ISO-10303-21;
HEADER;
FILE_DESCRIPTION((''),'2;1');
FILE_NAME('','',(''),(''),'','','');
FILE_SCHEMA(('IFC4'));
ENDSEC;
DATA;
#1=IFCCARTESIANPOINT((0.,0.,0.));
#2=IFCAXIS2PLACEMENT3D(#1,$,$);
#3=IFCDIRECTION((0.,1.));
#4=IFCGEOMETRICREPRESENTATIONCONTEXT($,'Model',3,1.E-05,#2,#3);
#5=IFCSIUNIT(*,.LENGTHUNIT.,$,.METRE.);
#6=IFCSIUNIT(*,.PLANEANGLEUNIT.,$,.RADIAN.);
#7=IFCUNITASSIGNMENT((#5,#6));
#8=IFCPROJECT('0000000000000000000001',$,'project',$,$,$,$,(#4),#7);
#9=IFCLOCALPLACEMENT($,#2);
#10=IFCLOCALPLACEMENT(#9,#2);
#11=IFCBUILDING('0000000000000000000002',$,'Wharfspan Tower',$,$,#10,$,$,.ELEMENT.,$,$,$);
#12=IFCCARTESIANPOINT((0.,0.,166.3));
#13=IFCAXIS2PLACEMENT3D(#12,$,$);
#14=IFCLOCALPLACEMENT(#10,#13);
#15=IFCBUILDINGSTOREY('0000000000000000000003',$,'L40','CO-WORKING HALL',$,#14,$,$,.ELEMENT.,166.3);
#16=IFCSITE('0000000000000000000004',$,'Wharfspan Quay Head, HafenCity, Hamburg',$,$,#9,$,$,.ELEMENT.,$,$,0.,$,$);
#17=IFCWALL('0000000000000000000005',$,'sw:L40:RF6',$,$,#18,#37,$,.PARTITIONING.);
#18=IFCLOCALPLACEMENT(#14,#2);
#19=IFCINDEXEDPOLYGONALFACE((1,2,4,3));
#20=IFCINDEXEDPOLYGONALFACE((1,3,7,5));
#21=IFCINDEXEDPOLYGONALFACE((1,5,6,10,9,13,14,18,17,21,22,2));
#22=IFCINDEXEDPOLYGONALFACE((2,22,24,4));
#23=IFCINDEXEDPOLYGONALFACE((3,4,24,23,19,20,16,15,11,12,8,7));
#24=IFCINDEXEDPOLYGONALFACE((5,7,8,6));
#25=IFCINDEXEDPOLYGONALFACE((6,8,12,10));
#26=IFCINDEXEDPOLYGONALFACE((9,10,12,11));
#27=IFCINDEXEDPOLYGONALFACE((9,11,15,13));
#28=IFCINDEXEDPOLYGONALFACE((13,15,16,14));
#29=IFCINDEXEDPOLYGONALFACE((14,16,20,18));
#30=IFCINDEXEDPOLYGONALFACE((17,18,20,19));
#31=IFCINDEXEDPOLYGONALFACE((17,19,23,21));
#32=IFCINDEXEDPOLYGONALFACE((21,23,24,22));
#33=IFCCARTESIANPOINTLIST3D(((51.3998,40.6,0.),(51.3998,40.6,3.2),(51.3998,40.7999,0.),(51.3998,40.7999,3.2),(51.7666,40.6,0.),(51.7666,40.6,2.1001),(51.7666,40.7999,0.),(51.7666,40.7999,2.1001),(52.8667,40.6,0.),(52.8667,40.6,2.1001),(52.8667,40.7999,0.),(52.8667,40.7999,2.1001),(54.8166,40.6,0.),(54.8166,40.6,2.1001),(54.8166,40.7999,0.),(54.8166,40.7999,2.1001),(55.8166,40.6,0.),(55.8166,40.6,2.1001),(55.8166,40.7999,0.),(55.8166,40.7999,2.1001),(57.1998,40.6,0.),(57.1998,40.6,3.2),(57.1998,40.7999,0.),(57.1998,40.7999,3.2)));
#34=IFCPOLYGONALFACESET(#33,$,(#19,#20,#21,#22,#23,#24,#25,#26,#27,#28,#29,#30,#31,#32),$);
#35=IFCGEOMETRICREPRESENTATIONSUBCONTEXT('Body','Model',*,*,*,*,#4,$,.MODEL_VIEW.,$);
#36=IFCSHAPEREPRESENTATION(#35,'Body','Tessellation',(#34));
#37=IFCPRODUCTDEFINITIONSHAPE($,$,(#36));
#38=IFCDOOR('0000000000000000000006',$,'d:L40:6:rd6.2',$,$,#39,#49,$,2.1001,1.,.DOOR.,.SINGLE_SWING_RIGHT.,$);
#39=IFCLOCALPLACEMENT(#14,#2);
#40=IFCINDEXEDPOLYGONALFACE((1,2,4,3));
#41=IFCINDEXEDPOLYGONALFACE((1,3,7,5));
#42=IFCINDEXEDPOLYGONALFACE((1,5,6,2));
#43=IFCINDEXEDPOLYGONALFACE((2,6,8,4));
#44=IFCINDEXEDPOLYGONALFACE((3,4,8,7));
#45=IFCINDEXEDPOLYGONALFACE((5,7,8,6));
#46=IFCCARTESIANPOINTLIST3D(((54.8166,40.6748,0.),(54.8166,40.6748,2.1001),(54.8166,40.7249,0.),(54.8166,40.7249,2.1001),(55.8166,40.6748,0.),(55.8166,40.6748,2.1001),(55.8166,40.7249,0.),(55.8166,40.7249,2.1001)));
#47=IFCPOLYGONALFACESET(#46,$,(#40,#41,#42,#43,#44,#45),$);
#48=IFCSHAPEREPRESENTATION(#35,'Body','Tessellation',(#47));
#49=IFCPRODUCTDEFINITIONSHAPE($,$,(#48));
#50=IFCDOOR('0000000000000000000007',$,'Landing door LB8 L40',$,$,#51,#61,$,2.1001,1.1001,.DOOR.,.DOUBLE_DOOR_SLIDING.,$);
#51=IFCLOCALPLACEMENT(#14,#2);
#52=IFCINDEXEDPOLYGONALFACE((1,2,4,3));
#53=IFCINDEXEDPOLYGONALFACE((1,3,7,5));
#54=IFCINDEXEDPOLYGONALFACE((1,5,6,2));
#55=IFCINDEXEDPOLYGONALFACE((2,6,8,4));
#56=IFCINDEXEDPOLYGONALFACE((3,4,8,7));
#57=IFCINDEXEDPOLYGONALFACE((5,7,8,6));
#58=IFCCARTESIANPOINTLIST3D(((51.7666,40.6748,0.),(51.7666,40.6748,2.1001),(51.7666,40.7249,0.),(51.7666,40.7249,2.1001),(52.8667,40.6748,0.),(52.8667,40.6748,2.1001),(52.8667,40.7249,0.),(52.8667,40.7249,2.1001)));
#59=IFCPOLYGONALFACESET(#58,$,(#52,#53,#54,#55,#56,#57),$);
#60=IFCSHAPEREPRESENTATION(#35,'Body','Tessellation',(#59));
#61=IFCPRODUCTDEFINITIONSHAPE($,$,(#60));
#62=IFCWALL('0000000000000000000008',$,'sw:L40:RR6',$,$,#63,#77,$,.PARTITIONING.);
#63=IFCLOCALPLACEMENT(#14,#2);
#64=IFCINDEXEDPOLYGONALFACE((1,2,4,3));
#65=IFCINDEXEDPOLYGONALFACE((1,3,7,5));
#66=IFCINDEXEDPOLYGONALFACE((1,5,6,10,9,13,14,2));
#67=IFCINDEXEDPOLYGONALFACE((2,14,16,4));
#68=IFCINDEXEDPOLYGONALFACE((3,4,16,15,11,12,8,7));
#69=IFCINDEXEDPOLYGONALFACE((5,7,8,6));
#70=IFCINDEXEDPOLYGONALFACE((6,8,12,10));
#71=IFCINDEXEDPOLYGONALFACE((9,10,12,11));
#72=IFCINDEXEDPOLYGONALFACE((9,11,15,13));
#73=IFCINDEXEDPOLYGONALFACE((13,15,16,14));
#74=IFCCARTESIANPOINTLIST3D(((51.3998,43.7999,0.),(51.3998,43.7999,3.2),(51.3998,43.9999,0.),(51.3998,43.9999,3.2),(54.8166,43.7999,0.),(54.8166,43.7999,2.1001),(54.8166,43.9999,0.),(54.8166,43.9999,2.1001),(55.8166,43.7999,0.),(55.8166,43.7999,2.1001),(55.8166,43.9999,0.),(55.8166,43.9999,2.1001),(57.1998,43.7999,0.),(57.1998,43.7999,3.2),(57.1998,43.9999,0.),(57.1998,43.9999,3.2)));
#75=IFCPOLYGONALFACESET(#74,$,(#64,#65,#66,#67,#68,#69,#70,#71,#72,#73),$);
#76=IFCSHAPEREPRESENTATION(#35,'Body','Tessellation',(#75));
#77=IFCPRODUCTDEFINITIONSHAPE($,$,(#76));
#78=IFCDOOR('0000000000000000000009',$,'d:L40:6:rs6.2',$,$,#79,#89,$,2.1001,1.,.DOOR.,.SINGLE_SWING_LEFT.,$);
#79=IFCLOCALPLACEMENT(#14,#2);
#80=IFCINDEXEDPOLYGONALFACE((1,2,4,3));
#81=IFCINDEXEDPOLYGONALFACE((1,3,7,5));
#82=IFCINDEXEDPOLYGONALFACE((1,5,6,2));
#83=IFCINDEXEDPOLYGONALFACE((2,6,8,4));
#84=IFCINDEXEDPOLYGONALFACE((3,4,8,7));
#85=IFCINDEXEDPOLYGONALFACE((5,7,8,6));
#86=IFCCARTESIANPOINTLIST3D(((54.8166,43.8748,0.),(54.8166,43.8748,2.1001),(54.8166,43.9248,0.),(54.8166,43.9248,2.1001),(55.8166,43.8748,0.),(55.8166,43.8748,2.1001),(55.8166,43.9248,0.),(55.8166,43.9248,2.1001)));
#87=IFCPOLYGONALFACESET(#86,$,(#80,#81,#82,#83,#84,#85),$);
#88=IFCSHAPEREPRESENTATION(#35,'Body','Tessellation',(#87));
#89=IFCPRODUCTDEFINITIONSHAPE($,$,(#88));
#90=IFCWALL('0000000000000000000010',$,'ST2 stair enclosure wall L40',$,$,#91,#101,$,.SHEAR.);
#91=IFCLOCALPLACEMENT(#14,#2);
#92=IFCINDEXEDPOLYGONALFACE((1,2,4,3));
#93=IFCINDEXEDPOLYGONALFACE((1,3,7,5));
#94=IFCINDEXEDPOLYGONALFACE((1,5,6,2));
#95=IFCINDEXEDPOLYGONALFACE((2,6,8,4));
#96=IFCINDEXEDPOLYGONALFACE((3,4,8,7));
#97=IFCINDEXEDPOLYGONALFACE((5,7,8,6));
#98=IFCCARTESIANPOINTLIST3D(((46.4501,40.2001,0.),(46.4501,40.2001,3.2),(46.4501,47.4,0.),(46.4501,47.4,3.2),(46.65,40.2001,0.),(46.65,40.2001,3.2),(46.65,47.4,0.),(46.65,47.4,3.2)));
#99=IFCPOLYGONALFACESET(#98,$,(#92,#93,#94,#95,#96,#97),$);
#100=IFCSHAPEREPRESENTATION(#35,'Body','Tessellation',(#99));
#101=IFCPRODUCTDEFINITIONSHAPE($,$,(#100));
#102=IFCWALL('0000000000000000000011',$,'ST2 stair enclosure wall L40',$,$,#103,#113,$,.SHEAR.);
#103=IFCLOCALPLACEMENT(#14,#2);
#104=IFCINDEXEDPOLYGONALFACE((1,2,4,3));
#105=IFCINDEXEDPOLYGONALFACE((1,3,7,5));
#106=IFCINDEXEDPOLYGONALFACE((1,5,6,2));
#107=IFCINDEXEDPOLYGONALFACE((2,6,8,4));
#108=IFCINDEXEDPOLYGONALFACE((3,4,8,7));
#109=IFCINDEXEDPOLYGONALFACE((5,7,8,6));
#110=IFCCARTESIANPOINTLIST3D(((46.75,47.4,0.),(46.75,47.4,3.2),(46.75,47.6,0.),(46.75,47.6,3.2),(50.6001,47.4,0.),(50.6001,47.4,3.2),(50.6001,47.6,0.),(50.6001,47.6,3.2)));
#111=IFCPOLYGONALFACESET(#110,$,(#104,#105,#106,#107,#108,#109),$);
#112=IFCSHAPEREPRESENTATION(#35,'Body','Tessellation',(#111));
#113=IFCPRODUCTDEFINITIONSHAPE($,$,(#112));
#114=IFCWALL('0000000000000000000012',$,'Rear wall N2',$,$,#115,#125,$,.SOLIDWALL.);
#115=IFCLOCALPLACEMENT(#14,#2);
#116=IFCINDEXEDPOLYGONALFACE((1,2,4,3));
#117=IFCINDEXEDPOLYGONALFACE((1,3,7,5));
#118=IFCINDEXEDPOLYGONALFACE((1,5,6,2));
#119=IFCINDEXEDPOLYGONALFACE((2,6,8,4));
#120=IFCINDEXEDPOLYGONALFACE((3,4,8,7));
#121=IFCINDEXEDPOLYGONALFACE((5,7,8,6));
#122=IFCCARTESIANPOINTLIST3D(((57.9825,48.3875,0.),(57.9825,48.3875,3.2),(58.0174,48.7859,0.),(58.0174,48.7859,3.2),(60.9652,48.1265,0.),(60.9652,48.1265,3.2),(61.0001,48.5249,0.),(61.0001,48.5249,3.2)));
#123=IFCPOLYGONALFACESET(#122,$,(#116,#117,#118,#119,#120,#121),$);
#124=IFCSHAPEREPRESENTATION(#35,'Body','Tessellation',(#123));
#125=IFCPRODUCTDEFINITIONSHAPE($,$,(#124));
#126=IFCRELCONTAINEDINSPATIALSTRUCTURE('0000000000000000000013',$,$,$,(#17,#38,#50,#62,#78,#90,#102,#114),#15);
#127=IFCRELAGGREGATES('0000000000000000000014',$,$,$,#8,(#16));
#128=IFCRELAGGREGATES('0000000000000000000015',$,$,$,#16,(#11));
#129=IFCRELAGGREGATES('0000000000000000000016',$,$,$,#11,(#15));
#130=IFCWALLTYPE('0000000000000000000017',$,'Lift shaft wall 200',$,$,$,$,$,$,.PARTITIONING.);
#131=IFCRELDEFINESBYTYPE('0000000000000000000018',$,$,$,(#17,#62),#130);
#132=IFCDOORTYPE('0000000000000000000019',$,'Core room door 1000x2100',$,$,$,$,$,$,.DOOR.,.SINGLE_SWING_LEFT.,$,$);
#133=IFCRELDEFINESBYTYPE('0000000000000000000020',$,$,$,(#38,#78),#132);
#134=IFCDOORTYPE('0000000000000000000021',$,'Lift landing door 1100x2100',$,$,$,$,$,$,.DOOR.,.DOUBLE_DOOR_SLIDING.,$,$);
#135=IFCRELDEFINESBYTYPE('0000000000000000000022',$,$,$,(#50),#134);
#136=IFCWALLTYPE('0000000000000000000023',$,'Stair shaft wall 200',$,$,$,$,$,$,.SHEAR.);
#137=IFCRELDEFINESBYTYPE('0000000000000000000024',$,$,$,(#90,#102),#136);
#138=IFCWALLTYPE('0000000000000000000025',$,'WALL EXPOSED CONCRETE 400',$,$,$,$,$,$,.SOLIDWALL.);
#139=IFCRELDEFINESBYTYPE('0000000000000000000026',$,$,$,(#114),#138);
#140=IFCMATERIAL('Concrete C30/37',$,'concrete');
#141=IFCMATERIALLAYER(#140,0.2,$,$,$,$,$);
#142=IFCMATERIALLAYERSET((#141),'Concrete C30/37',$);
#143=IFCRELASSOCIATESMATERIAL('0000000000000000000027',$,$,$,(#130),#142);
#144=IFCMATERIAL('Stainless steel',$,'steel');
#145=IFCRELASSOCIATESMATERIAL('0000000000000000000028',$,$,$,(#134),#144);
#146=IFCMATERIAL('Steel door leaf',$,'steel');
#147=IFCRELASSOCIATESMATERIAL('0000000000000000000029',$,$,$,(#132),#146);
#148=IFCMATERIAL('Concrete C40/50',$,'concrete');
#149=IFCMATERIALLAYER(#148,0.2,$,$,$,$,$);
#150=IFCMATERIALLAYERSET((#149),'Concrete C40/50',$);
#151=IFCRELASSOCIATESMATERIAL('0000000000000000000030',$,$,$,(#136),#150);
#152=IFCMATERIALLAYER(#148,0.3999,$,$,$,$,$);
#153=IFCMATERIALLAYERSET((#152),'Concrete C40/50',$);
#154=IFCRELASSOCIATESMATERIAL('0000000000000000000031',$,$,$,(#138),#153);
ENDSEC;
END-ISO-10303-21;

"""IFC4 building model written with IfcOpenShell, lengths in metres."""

from ifc_helpers import new_model, si_unit, direction, frame, frame_2d, origin, place, context, subcontext, project, spatial, rectangle, extrude, material, layer, layer_set, type_object, element, fill, save


model = new_model("IFC4")

# Units and contexts
model_context = context("Model", 3, precision=1e-05, world=origin(), true_north=direction((0.0, 1.0)))
body_context = subcontext(model_context, "Body", "Model", "MODEL_VIEW")
ifc_project = project(units=[si_unit("LENGTHUNIT", "METRE"), si_unit("PLANEANGLEUNIT", "RADIAN")], contexts=[model_context])

# Site, building, storey
site_placement = place(None, origin())
site = spatial("IfcSite", under=ifc_project, at=site_placement, Name="Wharfspan Quay Head, HafenCity, Hamburg", CompositionType="ELEMENT", RefElevation=0.0)
building_placement = place(site_placement, origin())
building = spatial("IfcBuilding", under=site, at=building_placement, Name="Wharfspan Tower", CompositionType="ELEMENT")
storey_placement = place(building_placement, frame((0.0, 0.0, 166.3)))
storey = spatial("IfcBuildingStorey", under=building, at=storey_placement, Name="L40", Description="CO-WORKING HALL", CompositionType="ELEMENT", Elevation=166.3)

# Wall, openings, doors
ifc_material_1 = material(Name="Concrete C30/37", Category="concrete")
ifc_layer_1 = layer(ifc_material_1, 0.2)
ifc_layer_set_1 = layer_set([ifc_layer_1], Name="Concrete C30/37")
wall_type_1 = type_object("IfcWallType", Name="Lift shaft wall 200", PredefinedType="PARTITIONING", material=ifc_layer_set_1)
ifc_material_2 = material(Name="Stainless steel", Category="steel")
door_type_1 = type_object("IfcDoorType", Name="Lift landing door 1100x2100", OperationType="DOUBLE_DOOR_SLIDING", PredefinedType="DOOR", material=ifc_material_2)
wall_1_placement = place(storey_placement, frame((51.3999, 40.7, 0.0), z_axis=(0.0, 0.0, 1.0), x_axis=(1.0, 0.0, 0.0)))
wall_1 = element("IfcWall", 1, at=wall_1_placement, inside=storey, type_object=wall_type_1, Name="sw:L40:RF6", PredefinedType="PARTITIONING", context=body_context, shape_type="SweptSolid", body=[
    extrude(rectangle(XDim=5.8, YDim=0.2, at=frame_2d((2.8999, 0.0))), origin(), (0.0, 0.0, 1.0), 3.2),
])
opening_1_placement = place(wall_1_placement, frame((0.3667, 0.0, 0.0)))
opening_1 = element("IfcOpeningElement", 2, at=opening_1_placement, cuts=wall_1, PredefinedType="OPENING", context=body_context, shape_type="SweptSolid", body=[
    extrude(rectangle(XDim=1.1001, YDim=2.1001, at=frame_2d((0.55, 1.05))), frame((0.0, 0.1099, 0.0), z_axis=(0.0, -1.0, 0.0), x_axis=(1.0, 0.0, 0.0)), (0.0, 0.0, 1.0), 0.22),
])
opening_2_placement = place(wall_1_placement, frame((3.4167, 0.0, 0.0)))
opening_2 = element("IfcOpeningElement", 3, at=opening_2_placement, cuts=wall_1, PredefinedType="OPENING", context=body_context, shape_type="SweptSolid", body=[
    extrude(rectangle(XDim=1.0, YDim=2.1001, at=frame_2d((0.5, 1.05))), frame((0.0, 0.1099, 0.0), z_axis=(0.0, -1.0, 0.0), x_axis=(1.0, 0.0, 0.0)), (0.0, 0.0, 1.0), 0.22),
])
ifc_material_3 = material(Name="Steel door leaf", Category="steel")
door_type_2 = type_object("IfcDoorType", Name="Core room door 1000x2100", OperationType="SINGLE_SWING_LEFT", PredefinedType="DOOR", material=ifc_material_3)
door_1_placement = place(opening_2_placement, origin())
door_1 = element("IfcDoor", 4, at=door_1_placement, inside=storey, type_object=door_type_2, Name="d:L40:6:rd6.2", OperationType="SINGLE_SWING_RIGHT", OverallHeight=2.1001, OverallWidth=1.0, PredefinedType="DOOR", context=body_context, shape_type="SweptSolid", body=[
    extrude(rectangle(XDim=1.0, YDim=2.1001, at=frame_2d((0.5, 1.05))), frame((0.0, 0.0249, 0.0), z_axis=(0.0, -1.0, 0.0), x_axis=(1.0, 0.0, 0.0)), (0.0, 0.0, 1.0), 0.05),
])
fill(opening_2, door_1)
door_2_placement = place(opening_1_placement, origin())
door_2 = element("IfcDoor", 5, at=door_2_placement, inside=storey, type_object=door_type_1, Name="Landing door LB8 L40", OperationType="DOUBLE_DOOR_SLIDING", OverallHeight=2.1001, OverallWidth=1.1001, PredefinedType="DOOR", context=body_context, shape_type="SweptSolid", body=[
    extrude(rectangle(XDim=1.1001, YDim=2.1001, at=frame_2d((0.55, 1.05))), frame((0.0, 0.0249, 0.0), z_axis=(0.0, -1.0, 0.0), x_axis=(1.0, 0.0, 0.0)), (0.0, 0.0, 1.0), 0.05),
])
fill(opening_1, door_2)

# Wall, opening, door
wall_2_placement = place(storey_placement, frame((51.3999, 43.8999, 0.0), z_axis=(0.0, 0.0, 1.0), x_axis=(1.0, 0.0, 0.0)))
wall_2 = element("IfcWall", 6, at=wall_2_placement, inside=storey, type_object=wall_type_1, Name="sw:L40:RR6", PredefinedType="PARTITIONING", context=body_context, shape_type="SweptSolid", body=[
    extrude(rectangle(XDim=5.8, YDim=0.2, at=frame_2d((2.8999, 0.0))), origin(), (0.0, 0.0, 1.0), 3.2),
])
opening_3_placement = place(wall_2_placement, frame((3.4167, 0.0, 0.0)))
opening_3 = element("IfcOpeningElement", 7, at=opening_3_placement, cuts=wall_2, PredefinedType="OPENING", context=body_context, shape_type="SweptSolid", body=[
    extrude(rectangle(XDim=1.0, YDim=2.1001, at=frame_2d((0.5, 1.05))), frame((0.0, 0.1099, 0.0), z_axis=(0.0, -1.0, 0.0), x_axis=(1.0, 0.0, 0.0)), (0.0, 0.0, 1.0), 0.22),
])
door_3_placement = place(opening_3_placement, origin())
door_3 = element("IfcDoor", 8, at=door_3_placement, inside=storey, type_object=door_type_2, Name="d:L40:6:rs6.2", OperationType="SINGLE_SWING_LEFT", OverallHeight=2.1001, OverallWidth=1.0, PredefinedType="DOOR", context=body_context, shape_type="SweptSolid", body=[
    extrude(rectangle(XDim=1.0, YDim=2.1001, at=frame_2d((0.5, 1.05))), frame((0.0, 0.0249, 0.0), z_axis=(0.0, -1.0, 0.0), x_axis=(1.0, 0.0, 0.0)), (0.0, 0.0, 1.0), 0.05),
])
fill(opening_3, door_3)

# Walls
ifc_material_4 = material(Name="Concrete C40/50", Category="concrete")
ifc_layer_2 = layer(ifc_material_4, 0.2)
ifc_layer_set_2 = layer_set([ifc_layer_2], Name="Concrete C40/50")
wall_type_2 = type_object("IfcWallType", Name="Stair shaft wall 200", PredefinedType="SHEAR", material=ifc_layer_set_2)
wall_3_placement = place(storey_placement, frame((46.55, 40.2, 0.0), z_axis=(0.0, 0.0, 1.0), x_axis=(0.0, 1.0, 0.0)))
element("IfcWall", 9, at=wall_3_placement, inside=storey, type_object=wall_type_2, Name="ST2 stair enclosure wall L40", PredefinedType="SHEAR", context=body_context, shape_type="SweptSolid", body=[
    extrude(rectangle(XDim=7.2, YDim=0.2, at=frame_2d((3.6001, 0.0))), origin(), (0.0, 0.0, 1.0), 3.2),
])
wall_4_placement = place(storey_placement, frame((46.75, 47.5, 0.0), z_axis=(0.0, 0.0, 1.0), x_axis=(1.0, 0.0, 0.0)))
element("IfcWall", 10, at=wall_4_placement, inside=storey, type_object=wall_type_2, Name="ST2 stair enclosure wall L40", PredefinedType="SHEAR", context=body_context, shape_type="SweptSolid", body=[
    extrude(rectangle(XDim=3.8501, YDim=0.2, at=frame_2d((1.925, 0.0))), origin(), (0.0, 0.0, 1.0), 3.2),
])
ifc_layer_3 = layer(ifc_material_4, 0.3999)
ifc_layer_set_3 = layer_set([ifc_layer_3], Name="Concrete C40/50")
wall_type_3 = type_object("IfcWallType", Name="WALL EXPOSED CONCRETE 400", PredefinedType="SOLIDWALL", material=ifc_layer_set_3)
wall_5_placement = place(storey_placement, frame((60.9827, 48.3257, 0.0), z_axis=(0.0, 0.0, 1.0), x_axis=(-0.996194, 0.087168, 0.0)))
element("IfcWall", 11, at=wall_5_placement, inside=storey, type_object=wall_type_3, Name="Rear wall N2", PredefinedType="SOLIDWALL", context=body_context, shape_type="SweptSolid", body=[
    extrude(rectangle(XDim=2.9941, YDim=0.3999, at=frame_2d((1.4971, 0.0))), origin(), (0.0, 0.0, 1.0), 3.2),
])

save(model, "model.ifc")
